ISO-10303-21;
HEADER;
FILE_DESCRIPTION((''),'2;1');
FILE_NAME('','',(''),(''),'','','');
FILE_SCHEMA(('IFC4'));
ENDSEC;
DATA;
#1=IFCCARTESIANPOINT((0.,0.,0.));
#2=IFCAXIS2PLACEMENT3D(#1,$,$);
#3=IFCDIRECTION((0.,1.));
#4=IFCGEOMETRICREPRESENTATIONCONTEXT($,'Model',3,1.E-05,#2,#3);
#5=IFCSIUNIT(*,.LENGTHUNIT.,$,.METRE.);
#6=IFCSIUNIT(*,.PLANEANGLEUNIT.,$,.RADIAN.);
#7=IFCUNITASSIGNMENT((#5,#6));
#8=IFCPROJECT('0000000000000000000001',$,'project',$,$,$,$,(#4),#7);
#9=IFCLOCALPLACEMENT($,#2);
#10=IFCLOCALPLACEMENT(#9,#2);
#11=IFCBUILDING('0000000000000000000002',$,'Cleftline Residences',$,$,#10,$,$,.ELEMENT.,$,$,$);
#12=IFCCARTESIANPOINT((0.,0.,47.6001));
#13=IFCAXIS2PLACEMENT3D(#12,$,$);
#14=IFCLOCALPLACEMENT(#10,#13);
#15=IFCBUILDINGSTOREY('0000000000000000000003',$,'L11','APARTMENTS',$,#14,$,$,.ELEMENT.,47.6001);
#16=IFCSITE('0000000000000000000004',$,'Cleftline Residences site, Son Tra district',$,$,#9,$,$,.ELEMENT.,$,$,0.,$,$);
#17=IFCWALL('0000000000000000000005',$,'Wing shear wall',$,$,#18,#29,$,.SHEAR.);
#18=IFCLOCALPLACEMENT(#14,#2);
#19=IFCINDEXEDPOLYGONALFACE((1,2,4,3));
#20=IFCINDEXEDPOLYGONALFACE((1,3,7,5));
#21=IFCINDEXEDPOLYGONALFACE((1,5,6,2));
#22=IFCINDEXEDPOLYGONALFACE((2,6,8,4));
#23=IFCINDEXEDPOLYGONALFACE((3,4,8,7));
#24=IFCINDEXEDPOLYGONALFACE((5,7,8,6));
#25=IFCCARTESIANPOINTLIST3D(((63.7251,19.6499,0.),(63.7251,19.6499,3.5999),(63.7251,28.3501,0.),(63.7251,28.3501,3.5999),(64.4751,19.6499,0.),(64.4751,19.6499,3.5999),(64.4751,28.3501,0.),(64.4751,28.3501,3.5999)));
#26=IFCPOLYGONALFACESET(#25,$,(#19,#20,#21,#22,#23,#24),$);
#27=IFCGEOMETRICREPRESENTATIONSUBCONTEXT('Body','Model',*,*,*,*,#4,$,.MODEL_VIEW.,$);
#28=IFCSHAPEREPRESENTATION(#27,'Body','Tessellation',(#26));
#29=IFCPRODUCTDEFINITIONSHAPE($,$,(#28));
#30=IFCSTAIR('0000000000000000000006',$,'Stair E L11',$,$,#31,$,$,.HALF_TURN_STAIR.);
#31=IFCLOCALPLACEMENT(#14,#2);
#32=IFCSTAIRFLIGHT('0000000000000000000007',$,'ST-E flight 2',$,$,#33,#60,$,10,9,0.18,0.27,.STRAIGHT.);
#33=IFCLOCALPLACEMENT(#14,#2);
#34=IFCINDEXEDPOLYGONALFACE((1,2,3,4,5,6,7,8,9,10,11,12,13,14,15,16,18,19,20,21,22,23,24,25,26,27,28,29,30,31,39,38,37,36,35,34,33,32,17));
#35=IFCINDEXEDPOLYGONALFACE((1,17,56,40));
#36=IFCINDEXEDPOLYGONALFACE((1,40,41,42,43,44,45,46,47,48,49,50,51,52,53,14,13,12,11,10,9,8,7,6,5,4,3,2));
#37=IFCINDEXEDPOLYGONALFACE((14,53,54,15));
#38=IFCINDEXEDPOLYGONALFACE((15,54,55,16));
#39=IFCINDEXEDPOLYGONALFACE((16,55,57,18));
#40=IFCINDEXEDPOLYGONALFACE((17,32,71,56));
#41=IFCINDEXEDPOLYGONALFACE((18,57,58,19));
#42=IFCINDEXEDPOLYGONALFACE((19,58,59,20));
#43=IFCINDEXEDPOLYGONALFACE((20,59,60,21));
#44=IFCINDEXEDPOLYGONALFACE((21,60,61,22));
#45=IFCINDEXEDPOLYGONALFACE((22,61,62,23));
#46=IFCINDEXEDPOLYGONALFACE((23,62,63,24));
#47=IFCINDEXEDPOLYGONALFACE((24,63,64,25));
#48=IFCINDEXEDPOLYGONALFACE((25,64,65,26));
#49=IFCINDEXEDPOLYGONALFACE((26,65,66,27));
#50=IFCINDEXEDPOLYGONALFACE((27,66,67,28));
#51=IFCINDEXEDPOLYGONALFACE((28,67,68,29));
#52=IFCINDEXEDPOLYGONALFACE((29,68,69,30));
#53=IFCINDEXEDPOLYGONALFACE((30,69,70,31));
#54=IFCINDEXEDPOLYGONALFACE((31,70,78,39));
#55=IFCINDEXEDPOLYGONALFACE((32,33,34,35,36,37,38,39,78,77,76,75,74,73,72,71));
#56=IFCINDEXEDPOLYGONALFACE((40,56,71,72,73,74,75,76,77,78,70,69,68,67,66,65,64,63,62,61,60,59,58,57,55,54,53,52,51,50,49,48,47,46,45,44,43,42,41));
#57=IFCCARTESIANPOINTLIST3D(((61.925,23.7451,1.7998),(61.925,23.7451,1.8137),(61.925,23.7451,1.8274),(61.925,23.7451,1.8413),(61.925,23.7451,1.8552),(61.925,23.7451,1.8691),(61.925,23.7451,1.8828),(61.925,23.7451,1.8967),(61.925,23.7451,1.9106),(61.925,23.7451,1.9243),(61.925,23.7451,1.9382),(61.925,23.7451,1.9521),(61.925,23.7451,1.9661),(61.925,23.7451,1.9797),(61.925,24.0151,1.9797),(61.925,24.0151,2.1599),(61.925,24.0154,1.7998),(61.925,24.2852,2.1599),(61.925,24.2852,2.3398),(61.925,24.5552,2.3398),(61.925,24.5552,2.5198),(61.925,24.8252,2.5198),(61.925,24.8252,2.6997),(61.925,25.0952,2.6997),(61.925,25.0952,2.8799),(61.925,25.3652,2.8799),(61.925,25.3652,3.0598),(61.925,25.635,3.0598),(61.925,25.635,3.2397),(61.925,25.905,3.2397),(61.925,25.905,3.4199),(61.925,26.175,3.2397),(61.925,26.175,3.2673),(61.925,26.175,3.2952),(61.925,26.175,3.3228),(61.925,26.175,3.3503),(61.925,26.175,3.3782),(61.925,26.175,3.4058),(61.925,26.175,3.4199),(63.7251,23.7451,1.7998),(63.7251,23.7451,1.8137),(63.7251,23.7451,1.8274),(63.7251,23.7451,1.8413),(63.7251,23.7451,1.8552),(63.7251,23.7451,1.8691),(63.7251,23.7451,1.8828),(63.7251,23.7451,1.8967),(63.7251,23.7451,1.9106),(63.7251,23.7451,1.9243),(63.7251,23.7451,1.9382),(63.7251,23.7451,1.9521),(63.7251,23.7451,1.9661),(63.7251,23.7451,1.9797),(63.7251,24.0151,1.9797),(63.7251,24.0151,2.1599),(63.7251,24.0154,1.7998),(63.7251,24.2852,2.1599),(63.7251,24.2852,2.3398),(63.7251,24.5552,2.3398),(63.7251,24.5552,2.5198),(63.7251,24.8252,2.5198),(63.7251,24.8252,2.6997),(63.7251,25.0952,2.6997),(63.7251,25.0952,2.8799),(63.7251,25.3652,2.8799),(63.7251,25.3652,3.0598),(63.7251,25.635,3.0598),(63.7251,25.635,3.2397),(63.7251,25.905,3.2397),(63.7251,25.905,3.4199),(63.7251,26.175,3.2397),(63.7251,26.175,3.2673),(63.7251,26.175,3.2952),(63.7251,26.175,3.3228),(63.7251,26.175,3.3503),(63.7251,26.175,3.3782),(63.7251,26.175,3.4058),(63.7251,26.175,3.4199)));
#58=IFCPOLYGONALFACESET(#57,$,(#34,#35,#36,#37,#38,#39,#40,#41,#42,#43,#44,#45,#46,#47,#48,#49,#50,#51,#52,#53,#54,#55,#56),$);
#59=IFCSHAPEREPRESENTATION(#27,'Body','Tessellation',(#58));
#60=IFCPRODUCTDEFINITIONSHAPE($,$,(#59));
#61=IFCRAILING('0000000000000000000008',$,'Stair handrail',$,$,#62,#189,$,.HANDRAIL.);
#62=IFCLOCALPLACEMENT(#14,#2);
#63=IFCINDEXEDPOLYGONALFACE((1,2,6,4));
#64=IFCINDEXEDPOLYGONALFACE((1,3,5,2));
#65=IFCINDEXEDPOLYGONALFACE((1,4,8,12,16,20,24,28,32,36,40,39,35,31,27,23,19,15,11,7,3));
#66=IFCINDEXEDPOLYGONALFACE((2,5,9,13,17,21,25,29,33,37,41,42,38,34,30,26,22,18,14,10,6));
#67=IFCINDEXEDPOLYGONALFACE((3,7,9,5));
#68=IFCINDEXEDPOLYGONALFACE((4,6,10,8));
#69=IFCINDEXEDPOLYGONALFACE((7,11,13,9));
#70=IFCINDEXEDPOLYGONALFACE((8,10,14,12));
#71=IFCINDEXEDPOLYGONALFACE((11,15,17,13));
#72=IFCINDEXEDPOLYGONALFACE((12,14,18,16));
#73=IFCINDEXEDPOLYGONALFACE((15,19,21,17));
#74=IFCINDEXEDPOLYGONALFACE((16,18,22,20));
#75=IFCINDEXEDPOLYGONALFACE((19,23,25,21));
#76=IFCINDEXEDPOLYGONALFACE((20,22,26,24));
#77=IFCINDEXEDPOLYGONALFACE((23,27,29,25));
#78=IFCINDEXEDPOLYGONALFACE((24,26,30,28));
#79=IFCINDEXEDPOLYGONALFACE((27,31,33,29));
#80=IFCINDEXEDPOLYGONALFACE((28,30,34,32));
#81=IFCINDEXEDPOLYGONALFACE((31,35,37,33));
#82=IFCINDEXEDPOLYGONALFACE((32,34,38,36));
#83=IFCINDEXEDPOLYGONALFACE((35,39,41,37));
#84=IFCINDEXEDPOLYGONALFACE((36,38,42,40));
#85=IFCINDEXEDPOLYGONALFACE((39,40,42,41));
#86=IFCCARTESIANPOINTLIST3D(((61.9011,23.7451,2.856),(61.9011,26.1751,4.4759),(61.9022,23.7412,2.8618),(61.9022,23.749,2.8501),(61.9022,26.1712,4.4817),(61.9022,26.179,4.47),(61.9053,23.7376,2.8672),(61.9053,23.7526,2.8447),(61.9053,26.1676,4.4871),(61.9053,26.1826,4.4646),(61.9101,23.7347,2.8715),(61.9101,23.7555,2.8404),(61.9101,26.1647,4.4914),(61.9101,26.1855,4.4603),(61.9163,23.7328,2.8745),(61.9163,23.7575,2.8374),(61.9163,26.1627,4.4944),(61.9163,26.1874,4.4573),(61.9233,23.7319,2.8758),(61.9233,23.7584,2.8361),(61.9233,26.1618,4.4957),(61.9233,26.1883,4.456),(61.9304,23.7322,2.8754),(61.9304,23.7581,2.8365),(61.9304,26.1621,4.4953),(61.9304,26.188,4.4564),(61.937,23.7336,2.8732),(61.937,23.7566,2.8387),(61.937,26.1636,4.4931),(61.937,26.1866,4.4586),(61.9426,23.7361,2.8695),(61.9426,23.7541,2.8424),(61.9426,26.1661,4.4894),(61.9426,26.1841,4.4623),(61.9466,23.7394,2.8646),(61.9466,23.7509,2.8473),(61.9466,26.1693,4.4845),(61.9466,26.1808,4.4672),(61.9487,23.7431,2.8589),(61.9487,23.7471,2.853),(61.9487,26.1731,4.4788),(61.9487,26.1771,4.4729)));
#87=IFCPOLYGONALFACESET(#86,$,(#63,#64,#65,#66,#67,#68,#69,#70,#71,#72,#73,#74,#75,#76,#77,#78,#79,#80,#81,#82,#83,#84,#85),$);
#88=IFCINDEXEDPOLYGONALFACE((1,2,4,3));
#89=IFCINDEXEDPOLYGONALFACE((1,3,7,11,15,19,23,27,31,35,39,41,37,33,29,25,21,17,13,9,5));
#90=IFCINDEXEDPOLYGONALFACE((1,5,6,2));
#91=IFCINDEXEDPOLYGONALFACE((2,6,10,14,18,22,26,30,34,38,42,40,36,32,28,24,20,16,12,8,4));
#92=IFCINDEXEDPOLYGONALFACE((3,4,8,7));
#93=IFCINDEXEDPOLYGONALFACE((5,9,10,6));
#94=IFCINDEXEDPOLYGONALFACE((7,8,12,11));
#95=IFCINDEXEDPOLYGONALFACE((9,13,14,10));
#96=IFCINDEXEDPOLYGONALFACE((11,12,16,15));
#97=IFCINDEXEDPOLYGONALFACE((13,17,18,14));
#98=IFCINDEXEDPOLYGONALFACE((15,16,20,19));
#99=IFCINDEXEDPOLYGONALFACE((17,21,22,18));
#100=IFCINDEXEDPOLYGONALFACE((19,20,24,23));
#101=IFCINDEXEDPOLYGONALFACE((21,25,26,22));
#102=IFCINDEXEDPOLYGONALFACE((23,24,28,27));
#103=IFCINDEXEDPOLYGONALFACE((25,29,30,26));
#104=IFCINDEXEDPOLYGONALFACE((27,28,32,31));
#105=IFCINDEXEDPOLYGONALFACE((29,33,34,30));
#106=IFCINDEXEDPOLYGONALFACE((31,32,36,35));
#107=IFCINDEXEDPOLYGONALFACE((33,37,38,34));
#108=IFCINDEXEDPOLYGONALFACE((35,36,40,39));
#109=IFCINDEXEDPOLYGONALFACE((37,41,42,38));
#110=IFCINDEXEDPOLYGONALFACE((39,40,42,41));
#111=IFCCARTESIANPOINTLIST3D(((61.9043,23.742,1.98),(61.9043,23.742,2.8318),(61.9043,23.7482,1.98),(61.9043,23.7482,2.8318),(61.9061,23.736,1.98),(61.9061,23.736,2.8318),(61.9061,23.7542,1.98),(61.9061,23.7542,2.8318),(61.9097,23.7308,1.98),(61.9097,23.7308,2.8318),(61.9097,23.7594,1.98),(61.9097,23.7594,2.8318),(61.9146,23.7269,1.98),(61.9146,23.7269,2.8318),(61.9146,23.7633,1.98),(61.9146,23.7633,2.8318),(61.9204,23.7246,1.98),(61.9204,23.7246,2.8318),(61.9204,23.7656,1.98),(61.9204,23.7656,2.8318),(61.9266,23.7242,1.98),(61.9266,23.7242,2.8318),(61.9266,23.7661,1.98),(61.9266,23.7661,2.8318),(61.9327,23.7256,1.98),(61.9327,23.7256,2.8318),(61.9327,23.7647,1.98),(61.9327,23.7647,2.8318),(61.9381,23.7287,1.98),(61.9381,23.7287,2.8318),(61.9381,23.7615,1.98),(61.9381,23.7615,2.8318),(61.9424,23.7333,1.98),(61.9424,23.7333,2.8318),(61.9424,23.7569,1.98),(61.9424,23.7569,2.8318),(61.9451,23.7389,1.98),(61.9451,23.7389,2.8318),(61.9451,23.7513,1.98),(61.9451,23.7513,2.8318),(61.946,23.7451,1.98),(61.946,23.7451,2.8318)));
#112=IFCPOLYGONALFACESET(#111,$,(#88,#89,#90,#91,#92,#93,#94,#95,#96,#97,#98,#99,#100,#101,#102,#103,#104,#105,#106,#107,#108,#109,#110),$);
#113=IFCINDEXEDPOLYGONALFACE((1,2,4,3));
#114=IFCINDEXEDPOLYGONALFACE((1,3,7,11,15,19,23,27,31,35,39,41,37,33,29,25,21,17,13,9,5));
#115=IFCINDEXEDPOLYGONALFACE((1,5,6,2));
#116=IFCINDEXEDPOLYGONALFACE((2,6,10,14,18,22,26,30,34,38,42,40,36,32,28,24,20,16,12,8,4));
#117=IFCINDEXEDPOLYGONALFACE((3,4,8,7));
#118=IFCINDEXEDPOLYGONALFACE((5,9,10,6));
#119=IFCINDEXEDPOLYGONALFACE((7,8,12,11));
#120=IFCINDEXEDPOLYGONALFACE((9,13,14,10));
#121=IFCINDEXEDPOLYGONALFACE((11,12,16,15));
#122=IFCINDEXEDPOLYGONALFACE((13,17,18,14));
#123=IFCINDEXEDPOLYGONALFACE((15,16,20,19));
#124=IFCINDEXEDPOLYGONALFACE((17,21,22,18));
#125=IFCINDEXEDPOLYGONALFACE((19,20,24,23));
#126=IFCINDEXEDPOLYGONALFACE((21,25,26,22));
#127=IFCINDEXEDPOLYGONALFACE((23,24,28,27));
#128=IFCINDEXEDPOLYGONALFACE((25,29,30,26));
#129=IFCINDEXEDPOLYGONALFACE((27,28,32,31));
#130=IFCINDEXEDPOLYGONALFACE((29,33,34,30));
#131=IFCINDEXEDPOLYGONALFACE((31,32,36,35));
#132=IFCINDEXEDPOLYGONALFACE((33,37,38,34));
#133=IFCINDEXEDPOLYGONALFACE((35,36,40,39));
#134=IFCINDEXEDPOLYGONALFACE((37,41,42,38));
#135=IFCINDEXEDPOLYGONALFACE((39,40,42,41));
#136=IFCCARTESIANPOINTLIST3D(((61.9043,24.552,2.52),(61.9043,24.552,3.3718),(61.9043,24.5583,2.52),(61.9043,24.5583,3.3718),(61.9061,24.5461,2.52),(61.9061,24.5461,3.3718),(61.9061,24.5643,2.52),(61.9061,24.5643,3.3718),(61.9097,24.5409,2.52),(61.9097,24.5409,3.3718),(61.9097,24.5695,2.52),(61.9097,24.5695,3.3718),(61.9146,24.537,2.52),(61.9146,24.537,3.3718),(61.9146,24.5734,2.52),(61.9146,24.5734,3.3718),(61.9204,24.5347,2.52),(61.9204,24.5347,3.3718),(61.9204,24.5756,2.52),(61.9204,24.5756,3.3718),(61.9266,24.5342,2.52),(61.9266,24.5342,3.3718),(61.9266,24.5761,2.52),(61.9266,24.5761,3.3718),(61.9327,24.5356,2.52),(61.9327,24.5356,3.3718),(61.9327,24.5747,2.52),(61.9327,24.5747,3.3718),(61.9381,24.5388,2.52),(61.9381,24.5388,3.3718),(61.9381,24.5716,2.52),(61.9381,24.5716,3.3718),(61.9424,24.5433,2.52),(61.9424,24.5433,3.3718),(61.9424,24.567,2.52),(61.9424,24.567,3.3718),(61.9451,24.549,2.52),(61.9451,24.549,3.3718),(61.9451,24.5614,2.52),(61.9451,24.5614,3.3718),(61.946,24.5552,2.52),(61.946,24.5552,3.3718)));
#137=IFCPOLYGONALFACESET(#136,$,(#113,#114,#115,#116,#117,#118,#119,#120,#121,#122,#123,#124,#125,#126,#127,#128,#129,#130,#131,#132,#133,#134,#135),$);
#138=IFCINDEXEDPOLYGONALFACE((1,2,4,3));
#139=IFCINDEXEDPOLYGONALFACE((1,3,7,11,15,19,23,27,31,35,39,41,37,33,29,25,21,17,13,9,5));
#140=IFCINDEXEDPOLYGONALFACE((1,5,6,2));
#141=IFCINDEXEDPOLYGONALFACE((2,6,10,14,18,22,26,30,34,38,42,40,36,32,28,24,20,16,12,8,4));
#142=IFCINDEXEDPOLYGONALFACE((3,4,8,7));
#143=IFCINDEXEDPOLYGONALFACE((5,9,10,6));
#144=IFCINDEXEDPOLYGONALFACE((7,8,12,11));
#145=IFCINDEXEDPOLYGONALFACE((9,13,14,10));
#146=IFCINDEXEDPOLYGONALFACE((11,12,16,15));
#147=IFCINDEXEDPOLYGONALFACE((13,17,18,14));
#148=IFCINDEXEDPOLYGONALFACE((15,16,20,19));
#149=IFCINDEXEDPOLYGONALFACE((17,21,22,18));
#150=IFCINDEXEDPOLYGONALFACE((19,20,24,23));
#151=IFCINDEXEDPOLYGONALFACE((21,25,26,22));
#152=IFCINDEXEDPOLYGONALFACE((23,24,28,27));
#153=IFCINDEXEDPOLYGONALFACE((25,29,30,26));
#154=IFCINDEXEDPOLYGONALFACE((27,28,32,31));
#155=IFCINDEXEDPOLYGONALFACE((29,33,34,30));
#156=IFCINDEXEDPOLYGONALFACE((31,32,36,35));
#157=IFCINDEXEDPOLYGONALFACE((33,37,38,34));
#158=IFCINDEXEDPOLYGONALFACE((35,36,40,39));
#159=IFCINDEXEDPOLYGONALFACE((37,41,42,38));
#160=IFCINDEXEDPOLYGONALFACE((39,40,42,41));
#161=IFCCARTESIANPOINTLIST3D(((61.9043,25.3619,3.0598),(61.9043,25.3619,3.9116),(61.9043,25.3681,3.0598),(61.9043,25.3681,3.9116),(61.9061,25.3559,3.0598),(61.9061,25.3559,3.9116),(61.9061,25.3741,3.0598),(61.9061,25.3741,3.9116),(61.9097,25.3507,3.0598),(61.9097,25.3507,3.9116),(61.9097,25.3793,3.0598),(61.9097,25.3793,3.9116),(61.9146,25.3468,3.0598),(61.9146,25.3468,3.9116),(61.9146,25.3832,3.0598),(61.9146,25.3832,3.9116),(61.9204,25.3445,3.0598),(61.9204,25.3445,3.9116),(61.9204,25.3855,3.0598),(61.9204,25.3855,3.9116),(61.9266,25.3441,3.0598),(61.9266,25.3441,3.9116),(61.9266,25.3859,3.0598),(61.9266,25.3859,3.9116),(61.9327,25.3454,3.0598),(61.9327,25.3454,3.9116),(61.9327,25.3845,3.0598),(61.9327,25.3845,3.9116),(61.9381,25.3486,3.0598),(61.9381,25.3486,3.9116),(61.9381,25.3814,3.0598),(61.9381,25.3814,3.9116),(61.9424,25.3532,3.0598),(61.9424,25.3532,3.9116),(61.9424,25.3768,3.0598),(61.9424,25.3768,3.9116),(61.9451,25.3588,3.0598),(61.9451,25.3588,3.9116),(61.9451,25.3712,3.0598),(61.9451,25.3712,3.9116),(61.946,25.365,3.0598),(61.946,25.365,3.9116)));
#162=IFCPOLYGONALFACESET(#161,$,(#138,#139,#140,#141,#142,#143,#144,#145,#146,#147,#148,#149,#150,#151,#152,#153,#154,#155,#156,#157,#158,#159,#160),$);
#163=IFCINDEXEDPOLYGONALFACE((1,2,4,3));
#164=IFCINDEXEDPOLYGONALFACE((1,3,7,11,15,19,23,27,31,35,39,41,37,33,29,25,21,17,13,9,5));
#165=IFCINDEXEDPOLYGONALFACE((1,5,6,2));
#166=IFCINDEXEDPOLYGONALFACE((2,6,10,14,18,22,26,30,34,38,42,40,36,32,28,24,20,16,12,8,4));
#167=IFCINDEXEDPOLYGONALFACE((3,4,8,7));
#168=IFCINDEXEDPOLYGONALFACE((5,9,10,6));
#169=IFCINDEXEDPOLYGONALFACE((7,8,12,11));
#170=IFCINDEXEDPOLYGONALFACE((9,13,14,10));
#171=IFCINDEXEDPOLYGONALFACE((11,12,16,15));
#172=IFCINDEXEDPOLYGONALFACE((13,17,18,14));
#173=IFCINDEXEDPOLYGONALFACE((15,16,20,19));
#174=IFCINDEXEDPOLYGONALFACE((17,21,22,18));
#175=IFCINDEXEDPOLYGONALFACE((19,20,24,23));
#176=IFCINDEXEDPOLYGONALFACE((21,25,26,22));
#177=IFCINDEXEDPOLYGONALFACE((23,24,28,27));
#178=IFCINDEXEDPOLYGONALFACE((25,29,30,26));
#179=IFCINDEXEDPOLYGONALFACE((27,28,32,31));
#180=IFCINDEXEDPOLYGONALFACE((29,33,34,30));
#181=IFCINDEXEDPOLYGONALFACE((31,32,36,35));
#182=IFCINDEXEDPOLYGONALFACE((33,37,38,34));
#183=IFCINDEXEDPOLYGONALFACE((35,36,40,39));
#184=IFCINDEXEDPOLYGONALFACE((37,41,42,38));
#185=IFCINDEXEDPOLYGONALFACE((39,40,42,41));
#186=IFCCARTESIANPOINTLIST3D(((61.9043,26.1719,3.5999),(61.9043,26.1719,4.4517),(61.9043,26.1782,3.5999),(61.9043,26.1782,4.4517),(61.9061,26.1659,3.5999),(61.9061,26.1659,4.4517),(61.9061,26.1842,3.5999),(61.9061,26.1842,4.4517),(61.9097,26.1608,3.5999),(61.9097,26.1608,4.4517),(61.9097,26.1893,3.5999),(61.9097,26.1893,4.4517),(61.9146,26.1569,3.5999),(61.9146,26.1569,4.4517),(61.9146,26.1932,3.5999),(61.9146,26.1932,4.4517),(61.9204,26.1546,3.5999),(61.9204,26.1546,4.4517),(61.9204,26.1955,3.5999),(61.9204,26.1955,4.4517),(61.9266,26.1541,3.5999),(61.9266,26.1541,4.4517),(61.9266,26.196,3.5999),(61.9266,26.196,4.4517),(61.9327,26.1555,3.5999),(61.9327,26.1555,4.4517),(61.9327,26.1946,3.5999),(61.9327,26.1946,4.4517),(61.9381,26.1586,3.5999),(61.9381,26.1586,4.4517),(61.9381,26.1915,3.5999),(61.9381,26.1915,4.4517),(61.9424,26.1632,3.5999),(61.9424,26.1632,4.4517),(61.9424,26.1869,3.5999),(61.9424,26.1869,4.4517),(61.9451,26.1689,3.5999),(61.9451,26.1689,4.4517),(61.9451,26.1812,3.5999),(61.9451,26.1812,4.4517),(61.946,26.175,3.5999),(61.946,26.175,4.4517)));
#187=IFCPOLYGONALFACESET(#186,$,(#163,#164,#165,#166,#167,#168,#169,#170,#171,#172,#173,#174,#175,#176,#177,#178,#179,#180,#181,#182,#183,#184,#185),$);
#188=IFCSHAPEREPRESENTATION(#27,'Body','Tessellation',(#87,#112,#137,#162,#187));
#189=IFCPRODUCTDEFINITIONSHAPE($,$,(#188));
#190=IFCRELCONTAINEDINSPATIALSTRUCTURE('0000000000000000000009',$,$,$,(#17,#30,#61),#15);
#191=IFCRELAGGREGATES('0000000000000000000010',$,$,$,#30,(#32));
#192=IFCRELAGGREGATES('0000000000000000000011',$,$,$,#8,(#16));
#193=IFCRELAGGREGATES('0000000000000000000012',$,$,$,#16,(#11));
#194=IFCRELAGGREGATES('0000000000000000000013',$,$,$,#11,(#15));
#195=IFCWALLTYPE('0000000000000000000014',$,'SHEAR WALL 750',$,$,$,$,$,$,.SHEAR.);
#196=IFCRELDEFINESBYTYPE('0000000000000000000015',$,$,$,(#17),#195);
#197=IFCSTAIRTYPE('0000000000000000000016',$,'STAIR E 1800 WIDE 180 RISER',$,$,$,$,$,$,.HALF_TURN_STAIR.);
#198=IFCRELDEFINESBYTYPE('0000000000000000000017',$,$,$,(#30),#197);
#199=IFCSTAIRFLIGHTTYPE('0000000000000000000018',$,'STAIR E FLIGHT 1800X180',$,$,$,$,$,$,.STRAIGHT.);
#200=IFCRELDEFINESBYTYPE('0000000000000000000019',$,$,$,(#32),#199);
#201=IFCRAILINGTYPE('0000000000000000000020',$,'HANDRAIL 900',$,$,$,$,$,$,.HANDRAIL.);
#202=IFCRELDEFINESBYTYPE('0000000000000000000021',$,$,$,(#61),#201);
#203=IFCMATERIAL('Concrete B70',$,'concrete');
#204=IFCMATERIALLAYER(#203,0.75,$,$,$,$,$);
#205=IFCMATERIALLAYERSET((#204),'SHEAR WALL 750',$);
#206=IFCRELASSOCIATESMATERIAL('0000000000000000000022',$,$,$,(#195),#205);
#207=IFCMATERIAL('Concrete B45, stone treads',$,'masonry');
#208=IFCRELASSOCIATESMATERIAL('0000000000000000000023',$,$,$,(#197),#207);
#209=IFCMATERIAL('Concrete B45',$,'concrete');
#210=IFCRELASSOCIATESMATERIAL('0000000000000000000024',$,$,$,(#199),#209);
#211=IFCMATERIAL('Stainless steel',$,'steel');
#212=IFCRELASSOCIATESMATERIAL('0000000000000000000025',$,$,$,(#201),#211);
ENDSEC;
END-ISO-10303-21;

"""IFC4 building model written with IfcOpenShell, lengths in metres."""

from ifc_helpers import new_model, si_unit, direction, frame, frame_2d, origin, origin_2d, place, context, subcontext, project, spatial, polyline, rectangle, circle, outline, extrude, material, layer, layer_set, type_object, element, aggregate, save


model = new_model("IFC4")

# Units and contexts
model_context = context("Model", 3, precision=1e-05, world=origin(), true_north=direction((0.0, 1.0)))
body_context = subcontext(model_context, "Body", "Model", "MODEL_VIEW")
ifc_project = project(units=[si_unit("LENGTHUNIT", "METRE"), si_unit("PLANEANGLEUNIT", "RADIAN")], contexts=[model_context])

# Site, building, storey
site_placement = place(None, origin())
site = spatial("IfcSite", under=ifc_project, at=site_placement, Name="Cleftline Residences site, Son Tra district", CompositionType="ELEMENT", RefElevation=0.0)
building_placement = place(site_placement, origin())
building = spatial("IfcBuilding", under=site, at=building_placement, Name="Cleftline Residences", CompositionType="ELEMENT")
storey_placement = place(building_placement, frame((0.0, 0.0, 47.6001)))
storey = spatial("IfcBuildingStorey", under=building, at=storey_placement, Name="L11", Description="APARTMENTS", CompositionType="ELEMENT", Elevation=47.6001)

# Wall
ifc_material_1 = material(Name="Concrete B70", Category="concrete")
ifc_layer_1 = layer(ifc_material_1, 0.75)
ifc_layer_set_1 = layer_set([ifc_layer_1], Name="SHEAR WALL 750")
wall_type_1 = type_object("IfcWallType", Name="SHEAR WALL 750", PredefinedType="SHEAR", material=ifc_layer_set_1)
wall_1_placement = place(storey_placement, frame((64.1001, 19.6499, 0.0), z_axis=(0.0, 0.0, 1.0), x_axis=(0.0, 1.0, 0.0)))
element("IfcWall", 1, at=wall_1_placement, inside=storey, type_object=wall_type_1, Name="Wing shear wall", PredefinedType="SHEAR", context=body_context, shape_type="SweptSolid", body=[
    extrude(rectangle(XDim=8.7002, YDim=0.75, at=frame_2d((4.3501, 0.0))), origin(), (0.0, 0.0, 1.0), 3.5999),
])

# Stair, stair flight
ifc_material_2 = material(Name="Concrete B45, stone treads", Category="masonry")
stair_type = type_object("IfcStairType", Name="STAIR E 1800 WIDE 180 RISER", PredefinedType="HALF_TURN_STAIR", material=ifc_material_2)
stair_placement = place(storey_placement, origin())
stair = element("IfcStair", 2, at=stair_placement, inside=storey, type_object=stair_type, Name="Stair E L11", PredefinedType="HALF_TURN_STAIR")
ifc_material_3 = material(Name="Concrete B45", Category="concrete")
stair_flight_type = type_object("IfcStairFlightType", Name="STAIR E FLIGHT 1800X180", PredefinedType="STRAIGHT", material=ifc_material_3)
stair_flight_placement = place(storey_placement, frame((62.825, 23.7451, 1.7998), z_axis=(0.0, 0.0, 1.0), x_axis=(0.0, 1.0, 0.0)))
stair_flight = element("IfcStairFlight", 3, at=stair_flight_placement, type_object=stair_flight_type, Name="ST-E flight 2", NumberOfRisers=10, NumberOfTreads=9, PredefinedType="STRAIGHT", RiserHeight=0.18, TreadLength=0.27, context=body_context, shape_type="SweptSolid", body=[
    extrude(outline(polyline([(0.0, 0.0), (0.0, 0.0139), (0.0, 0.0276), (0.0, 0.0415), (0.0, 0.0554), (0.0, 0.0693), (0.0, 0.083), (0.0, 0.0969), (0.0, 0.1108), (0.0, 0.1245), (0.0, 0.1384), (0.0, 0.1523), (0.0, 0.1663), (0.0, 0.1799), (0.27, 0.1799), (0.27, 0.3601), (0.54, 0.3601), (0.54, 0.54), (0.8101, 0.54), (0.8101, 0.72), (1.0801, 0.72), (1.0801, 0.8999), (1.3501, 0.8999), (1.3501, 1.0801), (1.6201, 1.0801), (1.6201, 1.26), (1.8899, 1.26), (1.8899, 1.4399), (2.1599, 1.4399), (2.1599, 1.6201), (2.4299, 1.6201), (2.4299, 1.8), (2.4299, 1.7722), (2.4299, 1.7446), (2.4299, 1.7168), (2.4299, 1.6892), (2.4299, 1.6614), (2.4299, 1.6338), (2.4299, 1.606), (2.4299, 1.5784), (2.4299, 1.5505), (2.4299, 1.5229), (2.4299, 1.4954), (2.4299, 1.4675), (2.4299, 1.4399), (0.2703, 0.0), (0.0, 0.0)])), frame((0.0, 0.8999, 0.0), z_axis=(0.0, -1.0, 0.0), x_axis=(1.0, 0.0, 0.0)), (0.0, 0.0, 1.0), 1.8),
])
aggregate(stair, [stair_flight])

# Railing
ifc_material_4 = material(Name="Stainless steel", Category="steel")
railing_type = type_object("IfcRailingType", Name="HANDRAIL 900", PredefinedType="HANDRAIL", material=ifc_material_4)
railing_placement = place(storey_placement, frame((61.925, 23.7451, 1.98)))
element("IfcRailing", 4, at=railing_placement, inside=storey, type_object=railing_type, Name="Stair handrail", PredefinedType="HANDRAIL", context=body_context, shape_type="SweptSolid", body=[
    extrude(circle(Radius=0.0239, at=origin_2d()), frame((0.0, 0.0, 0.876), z_axis=(0.0, 0.832063, 0.554681), x_axis=(-1.0, 0.0, 0.0)), (0.0, 0.0, 1.0), 2.9204),
    extrude(circle(Radius=0.021, at=origin_2d()), origin(), (0.0, 0.0, 1.0), 0.8518),
    extrude(circle(Radius=0.021, at=origin_2d()), frame((0.0, 0.8101, 0.54)), (0.0, 0.0, 1.0), 0.8518),
    extrude(circle(Radius=0.021, at=origin_2d()), frame((0.0, 1.6199, 1.0798)), (0.0, 0.0, 1.0), 0.8518),
    extrude(circle(Radius=0.021, at=origin_2d()), frame((0.0, 2.4299, 1.6199)), (0.0, 0.0, 1.0), 0.8518),
])

save(model, "model.ifc")
